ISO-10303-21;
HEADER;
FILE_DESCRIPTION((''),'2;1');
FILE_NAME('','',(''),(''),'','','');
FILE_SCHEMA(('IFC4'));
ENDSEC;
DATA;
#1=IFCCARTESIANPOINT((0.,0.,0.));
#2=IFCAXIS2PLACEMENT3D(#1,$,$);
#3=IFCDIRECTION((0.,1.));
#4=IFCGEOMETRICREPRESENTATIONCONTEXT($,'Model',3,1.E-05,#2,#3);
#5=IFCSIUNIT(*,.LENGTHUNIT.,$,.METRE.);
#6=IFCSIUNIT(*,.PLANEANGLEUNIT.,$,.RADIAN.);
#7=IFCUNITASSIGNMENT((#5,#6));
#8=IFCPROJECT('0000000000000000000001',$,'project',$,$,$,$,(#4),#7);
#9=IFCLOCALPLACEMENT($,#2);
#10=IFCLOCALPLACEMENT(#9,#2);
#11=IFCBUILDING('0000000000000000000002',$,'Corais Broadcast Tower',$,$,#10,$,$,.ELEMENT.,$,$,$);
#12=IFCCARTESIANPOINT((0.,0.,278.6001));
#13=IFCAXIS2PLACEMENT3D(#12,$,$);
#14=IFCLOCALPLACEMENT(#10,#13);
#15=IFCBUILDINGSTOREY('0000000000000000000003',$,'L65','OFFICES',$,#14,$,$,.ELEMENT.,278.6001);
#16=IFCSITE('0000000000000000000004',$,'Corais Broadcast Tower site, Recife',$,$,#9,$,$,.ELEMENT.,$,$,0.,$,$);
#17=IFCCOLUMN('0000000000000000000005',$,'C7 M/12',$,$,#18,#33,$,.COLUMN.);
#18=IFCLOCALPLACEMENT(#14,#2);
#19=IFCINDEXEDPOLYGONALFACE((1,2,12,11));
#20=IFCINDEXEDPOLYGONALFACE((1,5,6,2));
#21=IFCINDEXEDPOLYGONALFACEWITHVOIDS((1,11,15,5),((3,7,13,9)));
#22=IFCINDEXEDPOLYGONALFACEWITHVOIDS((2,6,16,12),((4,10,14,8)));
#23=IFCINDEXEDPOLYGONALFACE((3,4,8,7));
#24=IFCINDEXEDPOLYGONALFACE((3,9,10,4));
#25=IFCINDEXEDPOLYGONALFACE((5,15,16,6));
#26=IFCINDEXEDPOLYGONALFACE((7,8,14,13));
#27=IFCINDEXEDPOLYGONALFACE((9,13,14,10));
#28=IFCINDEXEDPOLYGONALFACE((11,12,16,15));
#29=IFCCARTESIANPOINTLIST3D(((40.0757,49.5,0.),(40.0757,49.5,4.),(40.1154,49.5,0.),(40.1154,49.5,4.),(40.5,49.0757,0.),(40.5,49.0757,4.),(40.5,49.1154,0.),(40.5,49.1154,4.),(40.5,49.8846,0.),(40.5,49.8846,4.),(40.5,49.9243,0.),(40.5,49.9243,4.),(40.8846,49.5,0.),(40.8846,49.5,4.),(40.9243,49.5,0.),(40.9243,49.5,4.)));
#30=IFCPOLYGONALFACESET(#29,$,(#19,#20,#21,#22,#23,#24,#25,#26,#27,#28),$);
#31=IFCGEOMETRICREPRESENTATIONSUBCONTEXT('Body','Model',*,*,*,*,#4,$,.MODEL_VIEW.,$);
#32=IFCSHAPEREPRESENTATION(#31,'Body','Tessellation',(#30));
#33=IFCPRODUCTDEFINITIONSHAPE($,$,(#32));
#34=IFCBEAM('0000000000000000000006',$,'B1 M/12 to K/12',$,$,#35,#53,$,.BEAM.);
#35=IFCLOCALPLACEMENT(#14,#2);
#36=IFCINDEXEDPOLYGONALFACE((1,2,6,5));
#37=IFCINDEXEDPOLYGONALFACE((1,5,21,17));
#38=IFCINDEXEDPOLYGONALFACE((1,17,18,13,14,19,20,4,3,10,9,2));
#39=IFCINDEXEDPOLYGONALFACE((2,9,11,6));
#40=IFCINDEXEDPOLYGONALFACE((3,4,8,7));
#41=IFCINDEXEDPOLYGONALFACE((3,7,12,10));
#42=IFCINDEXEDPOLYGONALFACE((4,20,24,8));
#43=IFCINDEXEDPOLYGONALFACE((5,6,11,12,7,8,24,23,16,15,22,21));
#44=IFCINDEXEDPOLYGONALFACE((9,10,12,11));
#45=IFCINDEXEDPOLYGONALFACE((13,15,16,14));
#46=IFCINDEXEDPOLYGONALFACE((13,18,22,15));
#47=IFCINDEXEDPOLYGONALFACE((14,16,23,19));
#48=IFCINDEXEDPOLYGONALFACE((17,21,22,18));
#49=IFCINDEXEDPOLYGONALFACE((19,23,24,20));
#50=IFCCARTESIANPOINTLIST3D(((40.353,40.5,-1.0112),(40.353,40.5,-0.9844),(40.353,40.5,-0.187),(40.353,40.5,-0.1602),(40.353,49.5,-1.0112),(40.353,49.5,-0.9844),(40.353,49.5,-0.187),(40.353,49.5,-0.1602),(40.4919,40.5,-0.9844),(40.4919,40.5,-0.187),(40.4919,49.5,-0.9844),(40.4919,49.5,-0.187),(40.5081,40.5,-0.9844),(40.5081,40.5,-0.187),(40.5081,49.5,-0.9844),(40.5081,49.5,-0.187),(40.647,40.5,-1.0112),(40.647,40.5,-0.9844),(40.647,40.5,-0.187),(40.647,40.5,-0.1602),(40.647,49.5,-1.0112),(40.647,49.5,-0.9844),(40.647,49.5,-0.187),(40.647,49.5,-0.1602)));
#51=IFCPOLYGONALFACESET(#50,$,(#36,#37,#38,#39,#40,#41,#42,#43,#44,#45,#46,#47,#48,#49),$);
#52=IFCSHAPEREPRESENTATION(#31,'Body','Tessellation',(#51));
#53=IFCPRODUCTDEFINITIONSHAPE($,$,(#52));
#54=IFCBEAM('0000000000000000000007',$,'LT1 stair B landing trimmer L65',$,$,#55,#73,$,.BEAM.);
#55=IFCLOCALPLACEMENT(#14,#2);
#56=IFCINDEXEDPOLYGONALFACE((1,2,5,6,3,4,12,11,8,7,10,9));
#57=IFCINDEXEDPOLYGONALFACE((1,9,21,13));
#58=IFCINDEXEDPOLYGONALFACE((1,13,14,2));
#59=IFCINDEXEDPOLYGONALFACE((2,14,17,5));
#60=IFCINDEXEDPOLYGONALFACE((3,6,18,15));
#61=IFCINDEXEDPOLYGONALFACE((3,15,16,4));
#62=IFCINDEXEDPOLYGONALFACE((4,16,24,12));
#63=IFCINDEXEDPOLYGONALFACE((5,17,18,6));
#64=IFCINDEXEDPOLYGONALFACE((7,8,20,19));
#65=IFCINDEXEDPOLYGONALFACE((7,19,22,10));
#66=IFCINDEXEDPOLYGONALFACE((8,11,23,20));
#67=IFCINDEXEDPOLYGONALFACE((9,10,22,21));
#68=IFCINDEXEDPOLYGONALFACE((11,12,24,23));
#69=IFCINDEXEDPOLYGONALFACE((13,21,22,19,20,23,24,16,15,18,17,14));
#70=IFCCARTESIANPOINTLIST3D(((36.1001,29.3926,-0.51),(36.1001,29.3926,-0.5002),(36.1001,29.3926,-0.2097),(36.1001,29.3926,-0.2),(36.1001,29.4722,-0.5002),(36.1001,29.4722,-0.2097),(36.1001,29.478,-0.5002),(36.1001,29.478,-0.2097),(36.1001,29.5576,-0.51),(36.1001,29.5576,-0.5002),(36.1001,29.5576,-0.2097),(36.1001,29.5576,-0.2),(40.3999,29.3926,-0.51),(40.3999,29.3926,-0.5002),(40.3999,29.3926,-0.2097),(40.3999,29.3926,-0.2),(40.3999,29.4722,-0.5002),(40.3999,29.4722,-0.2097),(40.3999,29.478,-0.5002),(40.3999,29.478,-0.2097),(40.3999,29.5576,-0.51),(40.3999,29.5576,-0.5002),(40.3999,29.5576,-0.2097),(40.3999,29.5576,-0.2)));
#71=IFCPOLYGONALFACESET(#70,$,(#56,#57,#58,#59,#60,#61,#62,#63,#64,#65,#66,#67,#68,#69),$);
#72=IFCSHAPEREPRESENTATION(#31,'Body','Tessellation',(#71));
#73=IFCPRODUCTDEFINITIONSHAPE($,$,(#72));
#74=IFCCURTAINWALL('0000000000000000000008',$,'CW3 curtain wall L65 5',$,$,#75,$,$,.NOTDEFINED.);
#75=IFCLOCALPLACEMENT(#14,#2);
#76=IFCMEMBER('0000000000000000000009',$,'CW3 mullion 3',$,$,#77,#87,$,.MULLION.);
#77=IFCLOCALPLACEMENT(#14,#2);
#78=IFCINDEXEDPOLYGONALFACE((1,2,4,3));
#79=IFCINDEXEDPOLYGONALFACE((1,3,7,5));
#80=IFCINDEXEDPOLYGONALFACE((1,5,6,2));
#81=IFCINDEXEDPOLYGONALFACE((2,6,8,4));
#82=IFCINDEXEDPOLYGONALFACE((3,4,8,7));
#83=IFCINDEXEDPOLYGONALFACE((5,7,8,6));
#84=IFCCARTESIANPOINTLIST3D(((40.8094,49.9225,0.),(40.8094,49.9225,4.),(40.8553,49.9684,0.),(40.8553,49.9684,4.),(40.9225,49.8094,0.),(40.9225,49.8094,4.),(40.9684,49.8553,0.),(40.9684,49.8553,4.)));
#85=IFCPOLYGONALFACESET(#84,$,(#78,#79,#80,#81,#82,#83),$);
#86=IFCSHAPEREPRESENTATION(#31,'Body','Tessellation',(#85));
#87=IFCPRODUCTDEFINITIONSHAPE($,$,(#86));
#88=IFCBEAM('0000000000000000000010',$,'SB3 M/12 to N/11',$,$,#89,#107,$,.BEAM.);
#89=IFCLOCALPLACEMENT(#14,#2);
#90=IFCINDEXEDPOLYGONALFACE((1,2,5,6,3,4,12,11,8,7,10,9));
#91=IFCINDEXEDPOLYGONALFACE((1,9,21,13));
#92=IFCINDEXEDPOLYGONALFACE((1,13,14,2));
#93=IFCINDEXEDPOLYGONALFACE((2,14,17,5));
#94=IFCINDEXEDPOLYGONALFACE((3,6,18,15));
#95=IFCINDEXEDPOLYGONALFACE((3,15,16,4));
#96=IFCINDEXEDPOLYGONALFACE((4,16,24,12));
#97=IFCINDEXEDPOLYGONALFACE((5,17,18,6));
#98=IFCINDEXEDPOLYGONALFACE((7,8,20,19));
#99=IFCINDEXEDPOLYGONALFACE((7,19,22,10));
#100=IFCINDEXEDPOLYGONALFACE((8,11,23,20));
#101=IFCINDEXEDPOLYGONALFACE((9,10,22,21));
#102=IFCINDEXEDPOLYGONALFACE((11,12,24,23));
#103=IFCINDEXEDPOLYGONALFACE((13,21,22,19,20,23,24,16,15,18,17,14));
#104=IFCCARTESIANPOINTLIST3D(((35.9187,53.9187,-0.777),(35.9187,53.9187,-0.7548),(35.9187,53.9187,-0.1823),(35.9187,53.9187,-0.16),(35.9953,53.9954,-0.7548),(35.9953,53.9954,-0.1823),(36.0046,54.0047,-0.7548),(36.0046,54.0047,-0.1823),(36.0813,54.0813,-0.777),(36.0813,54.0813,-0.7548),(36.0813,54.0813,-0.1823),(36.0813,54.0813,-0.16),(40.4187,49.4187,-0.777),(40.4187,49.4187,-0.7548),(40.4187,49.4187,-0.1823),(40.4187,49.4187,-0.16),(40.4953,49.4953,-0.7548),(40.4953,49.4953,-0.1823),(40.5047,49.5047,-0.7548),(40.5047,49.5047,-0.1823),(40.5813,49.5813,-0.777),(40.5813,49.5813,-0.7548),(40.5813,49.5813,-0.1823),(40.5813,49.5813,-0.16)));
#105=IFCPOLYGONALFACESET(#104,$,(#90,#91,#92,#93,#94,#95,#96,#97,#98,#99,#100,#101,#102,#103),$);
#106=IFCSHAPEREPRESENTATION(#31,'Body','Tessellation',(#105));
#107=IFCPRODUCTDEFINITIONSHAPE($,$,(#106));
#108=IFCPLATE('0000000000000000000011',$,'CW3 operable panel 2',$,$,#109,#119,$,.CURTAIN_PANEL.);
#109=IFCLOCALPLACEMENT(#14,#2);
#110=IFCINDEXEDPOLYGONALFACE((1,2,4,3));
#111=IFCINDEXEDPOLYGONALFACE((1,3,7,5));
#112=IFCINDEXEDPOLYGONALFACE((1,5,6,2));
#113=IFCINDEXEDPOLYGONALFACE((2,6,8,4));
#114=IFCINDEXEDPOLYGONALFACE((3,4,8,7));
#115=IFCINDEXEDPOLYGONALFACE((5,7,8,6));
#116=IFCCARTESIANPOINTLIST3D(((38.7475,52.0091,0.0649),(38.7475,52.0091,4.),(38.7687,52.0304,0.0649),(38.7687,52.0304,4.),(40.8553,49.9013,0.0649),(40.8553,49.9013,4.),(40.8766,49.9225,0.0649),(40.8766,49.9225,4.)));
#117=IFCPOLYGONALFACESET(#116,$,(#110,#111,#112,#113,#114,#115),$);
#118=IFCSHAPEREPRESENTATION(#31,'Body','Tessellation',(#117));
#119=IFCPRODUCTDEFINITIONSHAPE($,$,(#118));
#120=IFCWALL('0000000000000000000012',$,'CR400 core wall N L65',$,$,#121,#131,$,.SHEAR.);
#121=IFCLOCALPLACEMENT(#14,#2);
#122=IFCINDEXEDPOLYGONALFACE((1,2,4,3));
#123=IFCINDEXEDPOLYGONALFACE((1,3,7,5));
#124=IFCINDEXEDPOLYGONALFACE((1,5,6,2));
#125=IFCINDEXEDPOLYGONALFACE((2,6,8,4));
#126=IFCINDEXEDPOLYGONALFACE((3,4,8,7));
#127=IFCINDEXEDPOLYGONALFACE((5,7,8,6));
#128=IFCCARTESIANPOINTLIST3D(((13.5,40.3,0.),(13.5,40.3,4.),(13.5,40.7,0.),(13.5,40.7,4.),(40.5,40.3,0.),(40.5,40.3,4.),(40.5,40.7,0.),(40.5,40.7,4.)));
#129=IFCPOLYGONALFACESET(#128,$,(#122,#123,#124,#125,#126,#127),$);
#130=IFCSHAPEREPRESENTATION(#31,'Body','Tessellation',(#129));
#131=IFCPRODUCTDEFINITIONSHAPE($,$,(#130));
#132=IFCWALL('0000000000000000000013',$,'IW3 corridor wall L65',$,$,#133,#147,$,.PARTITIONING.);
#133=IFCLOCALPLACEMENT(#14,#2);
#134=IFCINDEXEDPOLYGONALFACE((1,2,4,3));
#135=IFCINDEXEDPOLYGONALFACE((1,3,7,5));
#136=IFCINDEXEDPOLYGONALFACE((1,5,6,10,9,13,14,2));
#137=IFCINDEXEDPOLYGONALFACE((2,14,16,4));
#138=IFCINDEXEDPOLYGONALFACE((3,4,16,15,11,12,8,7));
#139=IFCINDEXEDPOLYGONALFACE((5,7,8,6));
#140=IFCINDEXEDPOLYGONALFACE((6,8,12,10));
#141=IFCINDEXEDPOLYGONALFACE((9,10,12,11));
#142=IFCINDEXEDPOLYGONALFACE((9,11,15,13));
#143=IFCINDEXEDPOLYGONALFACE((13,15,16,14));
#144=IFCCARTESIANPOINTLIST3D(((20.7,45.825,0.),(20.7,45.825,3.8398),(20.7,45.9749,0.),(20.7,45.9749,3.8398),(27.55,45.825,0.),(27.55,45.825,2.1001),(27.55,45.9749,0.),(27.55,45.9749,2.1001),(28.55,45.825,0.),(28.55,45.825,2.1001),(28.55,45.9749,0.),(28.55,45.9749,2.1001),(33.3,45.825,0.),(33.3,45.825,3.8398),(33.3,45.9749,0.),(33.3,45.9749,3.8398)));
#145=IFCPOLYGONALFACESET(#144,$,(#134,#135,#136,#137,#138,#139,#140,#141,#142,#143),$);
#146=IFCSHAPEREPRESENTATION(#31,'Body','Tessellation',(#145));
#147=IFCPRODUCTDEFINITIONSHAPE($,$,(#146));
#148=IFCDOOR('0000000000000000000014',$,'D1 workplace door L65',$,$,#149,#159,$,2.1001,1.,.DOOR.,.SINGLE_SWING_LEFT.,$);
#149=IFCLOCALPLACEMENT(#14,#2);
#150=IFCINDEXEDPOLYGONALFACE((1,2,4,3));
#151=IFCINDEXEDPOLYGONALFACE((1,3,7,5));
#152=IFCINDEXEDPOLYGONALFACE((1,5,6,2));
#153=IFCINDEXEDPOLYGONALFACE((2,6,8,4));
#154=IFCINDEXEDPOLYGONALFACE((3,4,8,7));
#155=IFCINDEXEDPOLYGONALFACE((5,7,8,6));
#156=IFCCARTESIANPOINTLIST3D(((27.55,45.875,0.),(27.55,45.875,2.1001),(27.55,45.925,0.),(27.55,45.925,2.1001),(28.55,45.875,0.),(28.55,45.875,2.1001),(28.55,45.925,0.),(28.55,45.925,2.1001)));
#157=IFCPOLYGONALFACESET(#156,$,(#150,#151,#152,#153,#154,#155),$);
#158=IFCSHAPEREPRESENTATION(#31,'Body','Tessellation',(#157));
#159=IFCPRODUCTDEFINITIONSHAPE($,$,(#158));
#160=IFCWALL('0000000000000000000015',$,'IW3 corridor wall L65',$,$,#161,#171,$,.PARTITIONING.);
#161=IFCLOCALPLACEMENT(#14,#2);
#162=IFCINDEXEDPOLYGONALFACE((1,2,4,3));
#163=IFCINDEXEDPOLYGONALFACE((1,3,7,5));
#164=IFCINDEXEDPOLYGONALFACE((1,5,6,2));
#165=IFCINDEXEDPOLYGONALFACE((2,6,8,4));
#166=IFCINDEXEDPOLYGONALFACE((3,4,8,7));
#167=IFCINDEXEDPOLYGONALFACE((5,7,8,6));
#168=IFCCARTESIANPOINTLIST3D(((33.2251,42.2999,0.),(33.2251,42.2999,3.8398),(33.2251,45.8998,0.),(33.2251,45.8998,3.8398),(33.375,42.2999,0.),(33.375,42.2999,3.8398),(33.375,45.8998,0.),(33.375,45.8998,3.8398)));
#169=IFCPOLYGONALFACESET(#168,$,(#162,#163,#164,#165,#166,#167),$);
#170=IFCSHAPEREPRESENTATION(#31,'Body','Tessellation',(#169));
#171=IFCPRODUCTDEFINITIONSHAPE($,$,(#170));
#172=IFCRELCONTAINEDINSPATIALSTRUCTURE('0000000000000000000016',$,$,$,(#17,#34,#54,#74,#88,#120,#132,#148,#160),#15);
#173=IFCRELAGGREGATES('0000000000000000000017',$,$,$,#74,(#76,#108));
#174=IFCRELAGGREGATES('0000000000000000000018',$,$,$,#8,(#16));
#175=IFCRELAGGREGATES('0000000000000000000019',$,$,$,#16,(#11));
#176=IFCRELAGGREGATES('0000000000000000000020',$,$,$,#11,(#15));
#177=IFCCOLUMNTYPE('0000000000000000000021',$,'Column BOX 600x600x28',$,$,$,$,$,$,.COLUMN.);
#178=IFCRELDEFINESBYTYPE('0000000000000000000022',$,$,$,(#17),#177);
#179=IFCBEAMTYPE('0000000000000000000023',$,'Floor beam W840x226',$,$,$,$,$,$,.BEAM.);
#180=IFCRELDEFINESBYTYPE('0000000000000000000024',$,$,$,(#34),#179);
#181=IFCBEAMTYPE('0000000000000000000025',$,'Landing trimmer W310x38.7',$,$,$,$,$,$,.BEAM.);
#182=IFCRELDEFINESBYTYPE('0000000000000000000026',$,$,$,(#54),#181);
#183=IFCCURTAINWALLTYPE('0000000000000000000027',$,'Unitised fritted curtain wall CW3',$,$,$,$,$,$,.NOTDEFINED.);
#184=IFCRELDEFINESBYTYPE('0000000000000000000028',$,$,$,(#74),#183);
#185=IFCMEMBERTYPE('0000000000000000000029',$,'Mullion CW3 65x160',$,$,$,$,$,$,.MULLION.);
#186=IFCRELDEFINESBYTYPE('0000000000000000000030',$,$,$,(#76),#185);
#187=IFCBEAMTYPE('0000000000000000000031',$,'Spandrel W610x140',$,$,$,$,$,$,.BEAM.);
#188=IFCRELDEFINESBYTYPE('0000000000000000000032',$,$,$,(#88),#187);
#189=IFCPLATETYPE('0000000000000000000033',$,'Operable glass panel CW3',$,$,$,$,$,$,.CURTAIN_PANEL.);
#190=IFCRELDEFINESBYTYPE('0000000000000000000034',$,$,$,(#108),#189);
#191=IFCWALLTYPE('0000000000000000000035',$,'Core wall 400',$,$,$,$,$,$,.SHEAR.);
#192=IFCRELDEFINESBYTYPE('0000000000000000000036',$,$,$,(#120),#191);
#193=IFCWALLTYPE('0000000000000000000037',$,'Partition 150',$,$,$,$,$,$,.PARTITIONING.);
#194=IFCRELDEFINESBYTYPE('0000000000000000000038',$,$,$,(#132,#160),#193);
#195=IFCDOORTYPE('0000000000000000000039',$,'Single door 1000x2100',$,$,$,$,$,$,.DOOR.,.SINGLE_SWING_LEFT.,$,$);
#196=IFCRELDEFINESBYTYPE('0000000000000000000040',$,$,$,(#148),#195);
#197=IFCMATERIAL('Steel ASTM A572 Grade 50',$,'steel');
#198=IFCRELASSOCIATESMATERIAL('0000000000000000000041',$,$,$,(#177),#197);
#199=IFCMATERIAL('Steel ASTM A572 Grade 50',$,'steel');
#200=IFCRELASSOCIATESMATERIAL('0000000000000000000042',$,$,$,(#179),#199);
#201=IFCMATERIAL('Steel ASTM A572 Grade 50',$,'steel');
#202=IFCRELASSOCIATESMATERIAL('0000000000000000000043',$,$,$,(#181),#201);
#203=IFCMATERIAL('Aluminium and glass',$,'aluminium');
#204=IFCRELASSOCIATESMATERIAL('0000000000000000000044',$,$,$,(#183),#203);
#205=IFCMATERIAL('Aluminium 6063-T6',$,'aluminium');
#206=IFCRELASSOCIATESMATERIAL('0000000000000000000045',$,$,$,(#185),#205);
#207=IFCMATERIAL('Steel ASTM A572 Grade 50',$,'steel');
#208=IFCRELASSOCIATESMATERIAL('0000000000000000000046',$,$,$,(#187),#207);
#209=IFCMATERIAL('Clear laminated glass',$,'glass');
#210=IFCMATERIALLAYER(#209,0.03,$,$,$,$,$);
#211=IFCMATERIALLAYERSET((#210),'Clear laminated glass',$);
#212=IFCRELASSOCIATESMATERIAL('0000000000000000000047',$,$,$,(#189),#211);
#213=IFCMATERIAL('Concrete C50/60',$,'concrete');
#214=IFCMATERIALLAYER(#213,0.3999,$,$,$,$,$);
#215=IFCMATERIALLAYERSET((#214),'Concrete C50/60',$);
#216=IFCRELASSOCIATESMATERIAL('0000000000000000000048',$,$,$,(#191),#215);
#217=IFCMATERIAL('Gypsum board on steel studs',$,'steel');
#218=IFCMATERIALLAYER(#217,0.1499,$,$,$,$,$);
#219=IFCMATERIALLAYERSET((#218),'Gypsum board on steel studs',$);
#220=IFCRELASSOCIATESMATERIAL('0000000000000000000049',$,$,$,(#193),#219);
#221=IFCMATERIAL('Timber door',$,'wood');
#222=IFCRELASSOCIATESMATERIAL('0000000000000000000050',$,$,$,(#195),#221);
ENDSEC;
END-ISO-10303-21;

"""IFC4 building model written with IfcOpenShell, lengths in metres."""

from ifc_helpers import new_model, si_unit, direction, frame, frame_2d, origin, origin_2d, place, context, subcontext, project, spatial, rectangle, hollow_rectangle, i_section, extrude, material, layer, layer_set, material_profile, profile_set, type_object, element, fill, aggregate, save


model = new_model("IFC4")

# Units and contexts
model_context = context("Model", 3, precision=1e-05, world=origin(), true_north=direction((0.0, 1.0)))
body_context = subcontext(model_context, "Body", "Model", "MODEL_VIEW")
ifc_project = project(units=[si_unit("LENGTHUNIT", "METRE"), si_unit("PLANEANGLEUNIT", "RADIAN")], contexts=[model_context])

# Site, building, storey
site_placement = place(None, origin())
site = spatial("IfcSite", under=ifc_project, at=site_placement, Name="Corais Broadcast Tower site, Recife", CompositionType="ELEMENT", RefElevation=0.0)
building_placement = place(site_placement, origin())
building = spatial("IfcBuilding", under=site, at=building_placement, Name="Corais Broadcast Tower", CompositionType="ELEMENT")
storey_placement = place(building_placement, frame((0.0, 0.0, 278.6001)))
storey = spatial("IfcBuildingStorey", under=building, at=storey_placement, Name="L65", Description="OFFICES", CompositionType="ELEMENT", Elevation=278.6001)

# Column
ifc_material_1 = material(Name="Steel ASTM A572 Grade 50", Category="steel")
ifc_material_profile_1 = material_profile(ifc_material_1, hollow_rectangle(XDim=0.6001, YDim=0.6001, WallThickness=0.0281, at=origin_2d()), Name="BOX 600x600x28")
ifc_profile_set_1 = profile_set([ifc_material_profile_1], Name="Steel ASTM A572 Grade 50")
column_type = type_object("IfcColumnType", Name="Column BOX 600x600x28", PredefinedType="COLUMN", material=ifc_profile_set_1)
column_placement = place(storey_placement, frame((40.5, 49.5, 0.0), z_axis=(0.0, 0.0, 1.0), x_axis=(0.707107, 0.707107, 0.0)))
element("IfcColumn", 1, at=column_placement, inside=storey, type_object=column_type, Name="C7 M/12", PredefinedType="COLUMN", context=body_context, shape_type="SweptSolid", body=[
    extrude(hollow_rectangle(XDim=0.6001, YDim=0.6001, WallThickness=0.0281, at=origin_2d()), origin(), (0.0, 0.0, 1.0), 4.0),
])

# Beams
ifc_material_2 = material(Name="Steel ASTM A572 Grade 50", Category="steel")
ifc_material_profile_2 = material_profile(ifc_material_2, i_section(OverallWidth=0.2939, OverallDepth=0.8511, WebThickness=0.0161, FlangeThickness=0.0269, at=origin_2d()), Name="W840x226")
ifc_profile_set_2 = profile_set([ifc_material_profile_2], Name="Steel ASTM A572 Grade 50")
beam_type_1 = type_object("IfcBeamType", Name="Floor beam W840x226", PredefinedType="BEAM", material=ifc_profile_set_2)
beam_1_placement = place(storey_placement, frame((40.5, 49.5, -0.5857), z_axis=(0.0, -1.0, 0.0), x_axis=(1.0, 0.0, 0.0)))
element("IfcBeam", 2, at=beam_1_placement, inside=storey, type_object=beam_type_1, Name="B1 M/12 to K/12", PredefinedType="BEAM", context=body_context, shape_type="SweptSolid", body=[
    extrude(i_section(OverallWidth=0.2939, OverallDepth=0.8511, WebThickness=0.0161, FlangeThickness=0.0269, at=origin_2d()), origin(), (0.0, 0.0, 1.0), 9.0),
])
ifc_material_3 = material(Name="Steel ASTM A572 Grade 50", Category="steel")
ifc_material_profile_3 = material_profile(ifc_material_3, i_section(OverallWidth=0.165, OverallDepth=0.3101, WebThickness=0.0059, FlangeThickness=0.0098, at=origin_2d()), Name="W310x38.7")
ifc_profile_set_3 = profile_set([ifc_material_profile_3], Name="Steel ASTM A572 Grade 50")
beam_type_2 = type_object("IfcBeamType", Name="Landing trimmer W310x38.7", PredefinedType="BEAM", material=ifc_profile_set_3)
beam_2_placement = place(storey_placement, frame((36.1001, 29.4751, -0.355), z_axis=(1.0, 0.0, 0.0), x_axis=(0.0, 1.0, 0.0)))
element("IfcBeam", 3, at=beam_2_placement, inside=storey, type_object=beam_type_2, Name="LT1 stair B landing trimmer L65", PredefinedType="BEAM", context=body_context, shape_type="SweptSolid", body=[
    extrude(i_section(OverallWidth=0.165, OverallDepth=0.3101, WebThickness=0.0059, FlangeThickness=0.0098, at=origin_2d()), origin(), (0.0, 0.0, 1.0), 4.2998),
])

# Curtain wall, member
ifc_material_4 = material(Name="Aluminium and glass", Category="aluminium")
curtain_wall_type = type_object("IfcCurtainWallType", Name="Unitised fritted curtain wall CW3", PredefinedType="NOTDEFINED", material=ifc_material_4)
curtain_wall_placement = place(storey_placement, origin())
curtain_wall = element("IfcCurtainWall", 4, at=curtain_wall_placement, inside=storey, type_object=curtain_wall_type, Name="CW3 curtain wall L65 5", PredefinedType="NOTDEFINED")
ifc_material_5 = material(Name="Aluminium 6063-T6", Category="aluminium")
ifc_material_profile_4 = material_profile(ifc_material_5, rectangle(XDim=0.0649, YDim=0.1599, at=origin_2d()), Name="Mullion CW3 65x160")
ifc_profile_set_4 = profile_set([ifc_material_profile_4], Name="Aluminium 6063-T6")
member_type = type_object("IfcMemberType", Name="Mullion CW3 65x160", PredefinedType="MULLION", material=ifc_profile_set_4)
member_placement = place(storey_placement, frame((40.8889, 49.8889, 0.0), z_axis=(0.0, 0.0, 1.0), x_axis=(0.707107, 0.707107, 0.0)))
member = element("IfcMember", 5, at=member_placement, type_object=member_type, Name="CW3 mullion 3", PredefinedType="MULLION", context=body_context, shape_type="SweptSolid", body=[
    extrude(rectangle(XDim=0.0649, YDim=0.1599, at=origin_2d()), origin(), (0.0, 0.0, 1.0), 4.0),
])

# Beam
ifc_material_6 = material(Name="Steel ASTM A572 Grade 50", Category="steel")
ifc_material_profile_5 = material_profile(ifc_material_6, i_section(OverallWidth=0.23, OverallDepth=0.6169, WebThickness=0.0132, FlangeThickness=0.0222, at=origin_2d()), Name="W610x140")
ifc_profile_set_5 = profile_set([ifc_material_profile_5], Name="Steel ASTM A572 Grade 50")
beam_type_3 = type_object("IfcBeamType", Name="Spandrel W610x140", PredefinedType="BEAM", material=ifc_profile_set_5)
beam_3_placement = place(storey_placement, frame((40.5, 49.5, -0.4685), z_axis=(-0.707107, 0.707107, 0.0), x_axis=(-0.707107, -0.707107, 0.0)))
element("IfcBeam", 6, at=beam_3_placement, inside=storey, type_object=beam_type_3, Name="SB3 M/12 to N/11", PredefinedType="BEAM", context=body_context, shape_type="SweptSolid", body=[
    extrude(i_section(OverallWidth=0.23, OverallDepth=0.6169, WebThickness=0.0132, FlangeThickness=0.0222, at=origin_2d()), origin(), (0.0, 0.0, 1.0), 6.364),
])

# Plate
ifc_material_7 = material(Name="Clear laminated glass", Category="glass")
ifc_layer_1 = layer(ifc_material_7, 0.03)
ifc_layer_set_1 = layer_set([ifc_layer_1], Name="Clear laminated glass")
plate_type = type_object("IfcPlateType", Name="Operable glass panel CW3", PredefinedType="CURTAIN_PANEL", material=ifc_layer_set_1)
plate_placement = place(storey_placement, frame((39.812, 50.9658, 0.0649), z_axis=(0.0, 0.0, 1.0), x_axis=(0.707107, -0.707107, 0.0)))
plate = element("IfcPlate", 7, at=plate_placement, type_object=plate_type, Name="CW3 operable panel 2", PredefinedType="CURTAIN_PANEL", context=body_context, shape_type="SweptSolid", body=[
    extrude(rectangle(XDim=2.981, YDim=0.03, at=origin_2d()), origin(), (0.0, 0.0, 1.0), 3.9351),
])
aggregate(curtain_wall, [member, plate])

# Wall
ifc_material_8 = material(Name="Concrete C50/60", Category="concrete")
ifc_layer_2 = layer(ifc_material_8, 0.3999)
ifc_layer_set_2 = layer_set([ifc_layer_2], Name="Concrete C50/60")
wall_type_1 = type_object("IfcWallType", Name="Core wall 400", PredefinedType="SHEAR", material=ifc_layer_set_2)
wall_1_placement = place(storey_placement, frame((40.5, 40.5, 0.0), z_axis=(0.0, 0.0, 1.0), x_axis=(-1.0, 0.0, 0.0)))
element("IfcWall", 8, at=wall_1_placement, inside=storey, type_object=wall_type_1, Name="CR400 core wall N L65", PredefinedType="SHEAR", context=body_context, shape_type="SweptSolid", body=[
    extrude(rectangle(XDim=27.0, YDim=0.3999, at=frame_2d((13.5, 0.0))), origin(), (0.0, 0.0, 1.0), 4.0),
])

# Wall, opening, door
ifc_material_9 = material(Name="Gypsum board on steel studs", Category="steel")
ifc_layer_3 = layer(ifc_material_9, 0.1499)
ifc_layer_set_3 = layer_set([ifc_layer_3], Name="Gypsum board on steel studs")
wall_type_2 = type_object("IfcWallType", Name="Partition 150", PredefinedType="PARTITIONING", material=ifc_layer_set_3)
wall_2_placement = place(storey_placement, frame((33.3, 45.8999, 0.0), z_axis=(0.0, 0.0, 1.0), x_axis=(-1.0, 0.0, 0.0)))
wall_2 = element("IfcWall", 9, at=wall_2_placement, inside=storey, type_object=wall_type_2, Name="IW3 corridor wall L65", PredefinedType="PARTITIONING", context=body_context, shape_type="SweptSolid", body=[
    extrude(rectangle(XDim=12.6001, YDim=0.1499, at=frame_2d((6.3, 0.0))), origin(), (0.0, 0.0, 1.0), 3.8398),
])
opening_1_placement = place(wall_2_placement, frame((4.75, 0.0, 0.0)))
opening_1 = element("IfcOpeningElement", 10, at=opening_1_placement, cuts=wall_2, PredefinedType="OPENING", context=body_context, shape_type="SweptSolid", body=[
    extrude(rectangle(XDim=1.0, YDim=2.1001, at=frame_2d((0.5, 1.05))), frame((0.0, 0.085, 0.0), z_axis=(0.0, -1.0, 0.0), x_axis=(1.0, 0.0, 0.0)), (0.0, 0.0, 1.0), 0.1699),
])
ifc_material_10 = material(Name="Timber door", Category="wood")
door_type = type_object("IfcDoorType", Name="Single door 1000x2100", OperationType="SINGLE_SWING_LEFT", PredefinedType="DOOR", material=ifc_material_10)
door_1_placement = place(opening_1_placement, origin())
door_1 = element("IfcDoor", 11, at=door_1_placement, inside=storey, type_object=door_type, Name="D1 workplace door L65", OperationType="SINGLE_SWING_LEFT", OverallHeight=2.1001, OverallWidth=1.0, PredefinedType="DOOR", context=body_context, shape_type="SweptSolid", body=[
    extrude(rectangle(XDim=1.0, YDim=2.1001, at=frame_2d((0.5, 1.05))), frame((0.0, 0.0249, 0.0), z_axis=(0.0, -1.0, 0.0), x_axis=(1.0, 0.0, 0.0)), (0.0, 0.0, 1.0), 0.05),
])
fill(opening_1, door_1)

# Wall
wall_3_placement = place(storey_placement, frame((33.3, 42.3, 0.0), z_axis=(0.0, 0.0, 1.0), x_axis=(0.0, 1.0, 0.0)))
element("IfcWall", 12, at=wall_3_placement, inside=storey, type_object=wall_type_2, Name="IW3 corridor wall L65", PredefinedType="PARTITIONING", context=body_context, shape_type="SweptSolid", body=[
    extrude(rectangle(XDim=3.5999, YDim=0.1499, at=frame_2d((1.7998, 0.0))), origin(), (0.0, 0.0, 1.0), 3.8398),
])

save(model, "model.ifc")
